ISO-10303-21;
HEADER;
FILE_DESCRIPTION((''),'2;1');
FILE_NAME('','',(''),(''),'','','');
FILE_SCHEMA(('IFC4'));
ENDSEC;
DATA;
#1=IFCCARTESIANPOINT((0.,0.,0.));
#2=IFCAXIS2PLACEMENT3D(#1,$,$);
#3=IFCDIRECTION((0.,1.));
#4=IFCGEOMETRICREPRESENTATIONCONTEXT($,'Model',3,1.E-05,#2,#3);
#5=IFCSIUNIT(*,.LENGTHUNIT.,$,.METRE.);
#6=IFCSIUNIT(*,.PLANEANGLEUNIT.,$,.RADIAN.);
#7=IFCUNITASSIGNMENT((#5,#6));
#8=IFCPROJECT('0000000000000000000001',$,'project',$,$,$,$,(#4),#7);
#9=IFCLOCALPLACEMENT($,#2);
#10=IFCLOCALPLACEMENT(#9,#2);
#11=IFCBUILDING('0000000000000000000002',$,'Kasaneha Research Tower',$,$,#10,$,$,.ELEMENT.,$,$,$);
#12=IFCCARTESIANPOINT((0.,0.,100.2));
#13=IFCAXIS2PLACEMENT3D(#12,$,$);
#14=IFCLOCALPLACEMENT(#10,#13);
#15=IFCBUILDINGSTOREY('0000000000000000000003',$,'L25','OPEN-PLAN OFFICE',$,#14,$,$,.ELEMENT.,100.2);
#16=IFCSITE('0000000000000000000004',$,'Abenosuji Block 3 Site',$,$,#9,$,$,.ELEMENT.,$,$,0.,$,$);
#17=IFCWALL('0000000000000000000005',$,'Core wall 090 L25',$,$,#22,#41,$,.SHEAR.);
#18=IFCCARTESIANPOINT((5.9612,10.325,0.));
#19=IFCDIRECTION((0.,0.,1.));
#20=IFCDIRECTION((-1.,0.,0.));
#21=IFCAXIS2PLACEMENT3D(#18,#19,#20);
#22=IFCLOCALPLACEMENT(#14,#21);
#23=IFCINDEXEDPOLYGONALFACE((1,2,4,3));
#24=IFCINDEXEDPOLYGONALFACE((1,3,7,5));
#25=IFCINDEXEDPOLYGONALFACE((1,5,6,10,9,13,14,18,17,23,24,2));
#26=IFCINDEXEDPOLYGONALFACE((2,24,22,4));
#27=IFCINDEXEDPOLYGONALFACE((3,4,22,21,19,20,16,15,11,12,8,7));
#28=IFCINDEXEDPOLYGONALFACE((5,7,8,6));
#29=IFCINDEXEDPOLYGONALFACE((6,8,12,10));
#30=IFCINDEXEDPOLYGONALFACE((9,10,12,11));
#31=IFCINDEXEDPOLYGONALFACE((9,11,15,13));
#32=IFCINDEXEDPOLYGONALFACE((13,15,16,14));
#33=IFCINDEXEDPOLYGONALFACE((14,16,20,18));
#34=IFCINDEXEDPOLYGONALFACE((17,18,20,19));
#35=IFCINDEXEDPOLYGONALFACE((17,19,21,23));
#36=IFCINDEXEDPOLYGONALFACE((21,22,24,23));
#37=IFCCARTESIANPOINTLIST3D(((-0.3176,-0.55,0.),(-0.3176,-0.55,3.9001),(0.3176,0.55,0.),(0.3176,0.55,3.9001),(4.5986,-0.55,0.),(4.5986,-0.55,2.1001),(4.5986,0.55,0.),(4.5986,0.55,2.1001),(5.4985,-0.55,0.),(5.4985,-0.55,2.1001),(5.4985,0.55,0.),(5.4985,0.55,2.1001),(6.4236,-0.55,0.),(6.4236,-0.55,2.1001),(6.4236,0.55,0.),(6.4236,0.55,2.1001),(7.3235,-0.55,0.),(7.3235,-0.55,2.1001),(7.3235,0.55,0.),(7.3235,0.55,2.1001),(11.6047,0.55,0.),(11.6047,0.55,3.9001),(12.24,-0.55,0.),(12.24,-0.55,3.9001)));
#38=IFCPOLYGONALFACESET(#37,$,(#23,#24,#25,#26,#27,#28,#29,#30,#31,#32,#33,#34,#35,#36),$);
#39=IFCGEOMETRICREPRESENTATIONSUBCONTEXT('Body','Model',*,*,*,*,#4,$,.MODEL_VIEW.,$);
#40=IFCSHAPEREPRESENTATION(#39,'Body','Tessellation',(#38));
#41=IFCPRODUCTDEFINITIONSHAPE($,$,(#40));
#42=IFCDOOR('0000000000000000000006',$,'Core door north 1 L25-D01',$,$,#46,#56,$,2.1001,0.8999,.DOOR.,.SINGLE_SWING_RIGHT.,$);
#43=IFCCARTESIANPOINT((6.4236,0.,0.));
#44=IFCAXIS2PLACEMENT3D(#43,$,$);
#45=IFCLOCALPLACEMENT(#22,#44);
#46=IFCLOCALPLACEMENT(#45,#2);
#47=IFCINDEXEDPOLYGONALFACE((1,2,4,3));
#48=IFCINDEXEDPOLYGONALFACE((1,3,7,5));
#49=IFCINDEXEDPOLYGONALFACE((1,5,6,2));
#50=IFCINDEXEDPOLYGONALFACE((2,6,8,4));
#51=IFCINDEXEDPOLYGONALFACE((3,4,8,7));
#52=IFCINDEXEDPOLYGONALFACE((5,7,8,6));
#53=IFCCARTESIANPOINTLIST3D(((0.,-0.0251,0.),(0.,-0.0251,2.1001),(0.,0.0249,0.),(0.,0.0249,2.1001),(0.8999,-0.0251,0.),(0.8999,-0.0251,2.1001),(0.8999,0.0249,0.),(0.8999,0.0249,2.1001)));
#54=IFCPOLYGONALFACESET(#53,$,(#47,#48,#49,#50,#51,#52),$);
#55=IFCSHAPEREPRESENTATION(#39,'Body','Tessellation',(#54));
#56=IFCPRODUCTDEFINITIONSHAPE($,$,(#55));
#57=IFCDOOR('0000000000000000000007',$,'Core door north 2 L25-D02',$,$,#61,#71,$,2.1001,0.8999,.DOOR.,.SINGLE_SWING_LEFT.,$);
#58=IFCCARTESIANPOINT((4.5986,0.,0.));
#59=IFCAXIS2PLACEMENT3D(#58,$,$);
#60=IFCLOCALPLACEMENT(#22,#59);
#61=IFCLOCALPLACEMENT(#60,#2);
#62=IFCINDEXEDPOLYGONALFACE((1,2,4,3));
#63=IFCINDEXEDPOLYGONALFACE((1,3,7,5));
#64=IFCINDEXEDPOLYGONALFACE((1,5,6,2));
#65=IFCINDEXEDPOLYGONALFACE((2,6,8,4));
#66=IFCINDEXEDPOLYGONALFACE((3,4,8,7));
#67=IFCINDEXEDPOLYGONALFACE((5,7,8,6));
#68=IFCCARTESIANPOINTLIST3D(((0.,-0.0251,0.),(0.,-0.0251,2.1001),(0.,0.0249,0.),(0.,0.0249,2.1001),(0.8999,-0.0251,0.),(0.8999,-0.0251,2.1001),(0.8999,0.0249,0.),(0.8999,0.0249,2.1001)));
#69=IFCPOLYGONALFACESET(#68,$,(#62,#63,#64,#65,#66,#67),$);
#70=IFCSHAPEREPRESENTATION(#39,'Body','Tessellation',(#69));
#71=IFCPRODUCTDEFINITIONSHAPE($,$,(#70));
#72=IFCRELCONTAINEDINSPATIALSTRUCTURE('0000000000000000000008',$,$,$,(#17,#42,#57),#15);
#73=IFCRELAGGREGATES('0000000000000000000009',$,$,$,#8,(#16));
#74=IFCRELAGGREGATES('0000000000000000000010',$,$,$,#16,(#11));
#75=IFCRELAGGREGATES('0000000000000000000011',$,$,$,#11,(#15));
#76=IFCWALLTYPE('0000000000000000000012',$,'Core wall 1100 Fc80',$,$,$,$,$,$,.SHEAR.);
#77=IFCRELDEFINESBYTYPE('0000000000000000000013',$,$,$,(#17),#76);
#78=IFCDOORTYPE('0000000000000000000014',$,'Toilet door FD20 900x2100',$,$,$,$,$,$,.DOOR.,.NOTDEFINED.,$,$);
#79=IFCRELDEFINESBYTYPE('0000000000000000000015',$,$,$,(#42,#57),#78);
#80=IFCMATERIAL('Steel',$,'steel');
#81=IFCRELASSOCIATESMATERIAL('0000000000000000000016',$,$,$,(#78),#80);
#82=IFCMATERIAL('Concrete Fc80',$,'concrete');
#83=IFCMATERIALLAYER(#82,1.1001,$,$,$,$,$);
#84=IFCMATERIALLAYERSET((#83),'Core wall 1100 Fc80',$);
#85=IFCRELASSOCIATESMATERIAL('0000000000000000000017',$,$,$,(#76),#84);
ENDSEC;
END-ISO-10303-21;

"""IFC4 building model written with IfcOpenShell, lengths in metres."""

from ifc_helpers import new_model, si_unit, direction, frame, frame_2d, origin, place, context, subcontext, project, spatial, polyline, rectangle, outline, extrude, material, layer, layer_set, type_object, element, fill, save


model = new_model("IFC4")

# Units and contexts
model_context = context("Model", 3, precision=1e-05, world=origin(), true_north=direction((0.0, 1.0)))
body_context = subcontext(model_context, "Body", "Model", "MODEL_VIEW")
ifc_project = project(units=[si_unit("LENGTHUNIT", "METRE"), si_unit("PLANEANGLEUNIT", "RADIAN")], contexts=[model_context])

# Site, building, storey
site_placement = place(None, origin())
site = spatial("IfcSite", under=ifc_project, at=site_placement, Name="Abenosuji Block 3 Site", CompositionType="ELEMENT", RefElevation=0.0)
building_placement = place(site_placement, origin())
building = spatial("IfcBuilding", under=site, at=building_placement, Name="Kasaneha Research Tower", CompositionType="ELEMENT")
storey_placement = place(building_placement, frame((0.0, 0.0, 100.2)))
storey = spatial("IfcBuildingStorey", under=building, at=storey_placement, Name="L25", Description="OPEN-PLAN OFFICE", CompositionType="ELEMENT", Elevation=100.2)

# Shared definitions
ifc_material_1 = material(Name="Steel", Category="steel")
door_type_1 = type_object("IfcDoorType", Name="Toilet door FD20 900x2100", OperationType="NOTDEFINED", PredefinedType="DOOR", material=ifc_material_1)

# Wall, openings, doors
ifc_material_2 = material(Name="Concrete Fc80", Category="concrete")
ifc_layer_1 = layer(ifc_material_2, 1.1001)
ifc_layer_set_1 = layer_set([ifc_layer_1], Name="Core wall 1100 Fc80")
wall_type_1 = type_object("IfcWallType", Name="Core wall 1100 Fc80", PredefinedType="SHEAR", material=ifc_layer_set_1)
wall_1_placement = place(storey_placement, frame((5.9612, 10.325, 0.0), z_axis=(0.0, 0.0, 1.0), x_axis=(-1.0, 0.0, 0.0)))
wall_1 = element("IfcWall", 1, at=wall_1_placement, inside=storey, type_object=wall_type_1, Name="Core wall 090 L25", PredefinedType="SHEAR", context=body_context, shape_type="SweptSolid", body=[
    extrude(outline(polyline([(-0.3176, -0.55), (4.5986, -0.55), (5.4985, -0.55), (6.4236, -0.55), (7.3235, -0.55), (12.24, -0.55), (11.6047, 0.55), (7.3235, 0.55), (6.4236, 0.55), (5.4985, 0.55), (4.5986, 0.55), (0.3176, 0.55), (-0.3176, -0.55)])), origin(), (0.0, 0.0, 1.0), 3.9001),
])
opening_1_placement = place(wall_1_placement, frame((6.4236, 0.0, 0.0)))
opening_1 = element("IfcOpeningElement", 2, at=opening_1_placement, cuts=wall_1, PredefinedType="OPENING", context=body_context, shape_type="SweptSolid", body=[
    extrude(rectangle(XDim=0.8999, YDim=2.1001, at=frame_2d((0.45, 1.05))), frame((0.0, 0.5601, 0.0), z_axis=(0.0, -1.0, 0.0), x_axis=(1.0, 0.0, 0.0)), (0.0, 0.0, 1.0), 1.1201),
])
opening_2_placement = place(wall_1_placement, frame((4.5986, 0.0, 0.0)))
opening_2 = element("IfcOpeningElement", 3, at=opening_2_placement, cuts=wall_1, PredefinedType="OPENING", context=body_context, shape_type="SweptSolid", body=[
    extrude(rectangle(XDim=0.8999, YDim=2.1001, at=frame_2d((0.45, 1.05))), frame((0.0, 0.5601, 0.0), z_axis=(0.0, -1.0, 0.0), x_axis=(1.0, 0.0, 0.0)), (0.0, 0.0, 1.0), 1.1201),
])
door_1_placement = place(opening_1_placement, origin())
door_1 = element("IfcDoor", 4, at=door_1_placement, inside=storey, type_object=door_type_1, Name="Core door north 1 L25-D01", OperationType="SINGLE_SWING_RIGHT", OverallHeight=2.1001, OverallWidth=0.8999, PredefinedType="DOOR", context=body_context, shape_type="SweptSolid", body=[
    extrude(rectangle(XDim=0.8999, YDim=2.1001, at=frame_2d((0.45, 1.05))), frame((0.0, 0.0249, 0.0), z_axis=(0.0, -1.0, 0.0), x_axis=(1.0, 0.0, 0.0)), (0.0, 0.0, 1.0), 0.05),
])
fill(opening_1, door_1)
door_2_placement = place(opening_2_placement, origin())
door_2 = element("IfcDoor", 5, at=door_2_placement, inside=storey, type_object=door_type_1, Name="Core door north 2 L25-D02", OperationType="SINGLE_SWING_LEFT", OverallHeight=2.1001, OverallWidth=0.8999, PredefinedType="DOOR", context=body_context, shape_type="SweptSolid", body=[
    extrude(rectangle(XDim=0.8999, YDim=2.1001, at=frame_2d((0.45, 1.05))), frame((0.0, 0.0249, 0.0), z_axis=(0.0, -1.0, 0.0), x_axis=(1.0, 0.0, 0.0)), (0.0, 0.0, 1.0), 0.05),
])
fill(opening_2, door_2)

save(model, "model.ifc")
